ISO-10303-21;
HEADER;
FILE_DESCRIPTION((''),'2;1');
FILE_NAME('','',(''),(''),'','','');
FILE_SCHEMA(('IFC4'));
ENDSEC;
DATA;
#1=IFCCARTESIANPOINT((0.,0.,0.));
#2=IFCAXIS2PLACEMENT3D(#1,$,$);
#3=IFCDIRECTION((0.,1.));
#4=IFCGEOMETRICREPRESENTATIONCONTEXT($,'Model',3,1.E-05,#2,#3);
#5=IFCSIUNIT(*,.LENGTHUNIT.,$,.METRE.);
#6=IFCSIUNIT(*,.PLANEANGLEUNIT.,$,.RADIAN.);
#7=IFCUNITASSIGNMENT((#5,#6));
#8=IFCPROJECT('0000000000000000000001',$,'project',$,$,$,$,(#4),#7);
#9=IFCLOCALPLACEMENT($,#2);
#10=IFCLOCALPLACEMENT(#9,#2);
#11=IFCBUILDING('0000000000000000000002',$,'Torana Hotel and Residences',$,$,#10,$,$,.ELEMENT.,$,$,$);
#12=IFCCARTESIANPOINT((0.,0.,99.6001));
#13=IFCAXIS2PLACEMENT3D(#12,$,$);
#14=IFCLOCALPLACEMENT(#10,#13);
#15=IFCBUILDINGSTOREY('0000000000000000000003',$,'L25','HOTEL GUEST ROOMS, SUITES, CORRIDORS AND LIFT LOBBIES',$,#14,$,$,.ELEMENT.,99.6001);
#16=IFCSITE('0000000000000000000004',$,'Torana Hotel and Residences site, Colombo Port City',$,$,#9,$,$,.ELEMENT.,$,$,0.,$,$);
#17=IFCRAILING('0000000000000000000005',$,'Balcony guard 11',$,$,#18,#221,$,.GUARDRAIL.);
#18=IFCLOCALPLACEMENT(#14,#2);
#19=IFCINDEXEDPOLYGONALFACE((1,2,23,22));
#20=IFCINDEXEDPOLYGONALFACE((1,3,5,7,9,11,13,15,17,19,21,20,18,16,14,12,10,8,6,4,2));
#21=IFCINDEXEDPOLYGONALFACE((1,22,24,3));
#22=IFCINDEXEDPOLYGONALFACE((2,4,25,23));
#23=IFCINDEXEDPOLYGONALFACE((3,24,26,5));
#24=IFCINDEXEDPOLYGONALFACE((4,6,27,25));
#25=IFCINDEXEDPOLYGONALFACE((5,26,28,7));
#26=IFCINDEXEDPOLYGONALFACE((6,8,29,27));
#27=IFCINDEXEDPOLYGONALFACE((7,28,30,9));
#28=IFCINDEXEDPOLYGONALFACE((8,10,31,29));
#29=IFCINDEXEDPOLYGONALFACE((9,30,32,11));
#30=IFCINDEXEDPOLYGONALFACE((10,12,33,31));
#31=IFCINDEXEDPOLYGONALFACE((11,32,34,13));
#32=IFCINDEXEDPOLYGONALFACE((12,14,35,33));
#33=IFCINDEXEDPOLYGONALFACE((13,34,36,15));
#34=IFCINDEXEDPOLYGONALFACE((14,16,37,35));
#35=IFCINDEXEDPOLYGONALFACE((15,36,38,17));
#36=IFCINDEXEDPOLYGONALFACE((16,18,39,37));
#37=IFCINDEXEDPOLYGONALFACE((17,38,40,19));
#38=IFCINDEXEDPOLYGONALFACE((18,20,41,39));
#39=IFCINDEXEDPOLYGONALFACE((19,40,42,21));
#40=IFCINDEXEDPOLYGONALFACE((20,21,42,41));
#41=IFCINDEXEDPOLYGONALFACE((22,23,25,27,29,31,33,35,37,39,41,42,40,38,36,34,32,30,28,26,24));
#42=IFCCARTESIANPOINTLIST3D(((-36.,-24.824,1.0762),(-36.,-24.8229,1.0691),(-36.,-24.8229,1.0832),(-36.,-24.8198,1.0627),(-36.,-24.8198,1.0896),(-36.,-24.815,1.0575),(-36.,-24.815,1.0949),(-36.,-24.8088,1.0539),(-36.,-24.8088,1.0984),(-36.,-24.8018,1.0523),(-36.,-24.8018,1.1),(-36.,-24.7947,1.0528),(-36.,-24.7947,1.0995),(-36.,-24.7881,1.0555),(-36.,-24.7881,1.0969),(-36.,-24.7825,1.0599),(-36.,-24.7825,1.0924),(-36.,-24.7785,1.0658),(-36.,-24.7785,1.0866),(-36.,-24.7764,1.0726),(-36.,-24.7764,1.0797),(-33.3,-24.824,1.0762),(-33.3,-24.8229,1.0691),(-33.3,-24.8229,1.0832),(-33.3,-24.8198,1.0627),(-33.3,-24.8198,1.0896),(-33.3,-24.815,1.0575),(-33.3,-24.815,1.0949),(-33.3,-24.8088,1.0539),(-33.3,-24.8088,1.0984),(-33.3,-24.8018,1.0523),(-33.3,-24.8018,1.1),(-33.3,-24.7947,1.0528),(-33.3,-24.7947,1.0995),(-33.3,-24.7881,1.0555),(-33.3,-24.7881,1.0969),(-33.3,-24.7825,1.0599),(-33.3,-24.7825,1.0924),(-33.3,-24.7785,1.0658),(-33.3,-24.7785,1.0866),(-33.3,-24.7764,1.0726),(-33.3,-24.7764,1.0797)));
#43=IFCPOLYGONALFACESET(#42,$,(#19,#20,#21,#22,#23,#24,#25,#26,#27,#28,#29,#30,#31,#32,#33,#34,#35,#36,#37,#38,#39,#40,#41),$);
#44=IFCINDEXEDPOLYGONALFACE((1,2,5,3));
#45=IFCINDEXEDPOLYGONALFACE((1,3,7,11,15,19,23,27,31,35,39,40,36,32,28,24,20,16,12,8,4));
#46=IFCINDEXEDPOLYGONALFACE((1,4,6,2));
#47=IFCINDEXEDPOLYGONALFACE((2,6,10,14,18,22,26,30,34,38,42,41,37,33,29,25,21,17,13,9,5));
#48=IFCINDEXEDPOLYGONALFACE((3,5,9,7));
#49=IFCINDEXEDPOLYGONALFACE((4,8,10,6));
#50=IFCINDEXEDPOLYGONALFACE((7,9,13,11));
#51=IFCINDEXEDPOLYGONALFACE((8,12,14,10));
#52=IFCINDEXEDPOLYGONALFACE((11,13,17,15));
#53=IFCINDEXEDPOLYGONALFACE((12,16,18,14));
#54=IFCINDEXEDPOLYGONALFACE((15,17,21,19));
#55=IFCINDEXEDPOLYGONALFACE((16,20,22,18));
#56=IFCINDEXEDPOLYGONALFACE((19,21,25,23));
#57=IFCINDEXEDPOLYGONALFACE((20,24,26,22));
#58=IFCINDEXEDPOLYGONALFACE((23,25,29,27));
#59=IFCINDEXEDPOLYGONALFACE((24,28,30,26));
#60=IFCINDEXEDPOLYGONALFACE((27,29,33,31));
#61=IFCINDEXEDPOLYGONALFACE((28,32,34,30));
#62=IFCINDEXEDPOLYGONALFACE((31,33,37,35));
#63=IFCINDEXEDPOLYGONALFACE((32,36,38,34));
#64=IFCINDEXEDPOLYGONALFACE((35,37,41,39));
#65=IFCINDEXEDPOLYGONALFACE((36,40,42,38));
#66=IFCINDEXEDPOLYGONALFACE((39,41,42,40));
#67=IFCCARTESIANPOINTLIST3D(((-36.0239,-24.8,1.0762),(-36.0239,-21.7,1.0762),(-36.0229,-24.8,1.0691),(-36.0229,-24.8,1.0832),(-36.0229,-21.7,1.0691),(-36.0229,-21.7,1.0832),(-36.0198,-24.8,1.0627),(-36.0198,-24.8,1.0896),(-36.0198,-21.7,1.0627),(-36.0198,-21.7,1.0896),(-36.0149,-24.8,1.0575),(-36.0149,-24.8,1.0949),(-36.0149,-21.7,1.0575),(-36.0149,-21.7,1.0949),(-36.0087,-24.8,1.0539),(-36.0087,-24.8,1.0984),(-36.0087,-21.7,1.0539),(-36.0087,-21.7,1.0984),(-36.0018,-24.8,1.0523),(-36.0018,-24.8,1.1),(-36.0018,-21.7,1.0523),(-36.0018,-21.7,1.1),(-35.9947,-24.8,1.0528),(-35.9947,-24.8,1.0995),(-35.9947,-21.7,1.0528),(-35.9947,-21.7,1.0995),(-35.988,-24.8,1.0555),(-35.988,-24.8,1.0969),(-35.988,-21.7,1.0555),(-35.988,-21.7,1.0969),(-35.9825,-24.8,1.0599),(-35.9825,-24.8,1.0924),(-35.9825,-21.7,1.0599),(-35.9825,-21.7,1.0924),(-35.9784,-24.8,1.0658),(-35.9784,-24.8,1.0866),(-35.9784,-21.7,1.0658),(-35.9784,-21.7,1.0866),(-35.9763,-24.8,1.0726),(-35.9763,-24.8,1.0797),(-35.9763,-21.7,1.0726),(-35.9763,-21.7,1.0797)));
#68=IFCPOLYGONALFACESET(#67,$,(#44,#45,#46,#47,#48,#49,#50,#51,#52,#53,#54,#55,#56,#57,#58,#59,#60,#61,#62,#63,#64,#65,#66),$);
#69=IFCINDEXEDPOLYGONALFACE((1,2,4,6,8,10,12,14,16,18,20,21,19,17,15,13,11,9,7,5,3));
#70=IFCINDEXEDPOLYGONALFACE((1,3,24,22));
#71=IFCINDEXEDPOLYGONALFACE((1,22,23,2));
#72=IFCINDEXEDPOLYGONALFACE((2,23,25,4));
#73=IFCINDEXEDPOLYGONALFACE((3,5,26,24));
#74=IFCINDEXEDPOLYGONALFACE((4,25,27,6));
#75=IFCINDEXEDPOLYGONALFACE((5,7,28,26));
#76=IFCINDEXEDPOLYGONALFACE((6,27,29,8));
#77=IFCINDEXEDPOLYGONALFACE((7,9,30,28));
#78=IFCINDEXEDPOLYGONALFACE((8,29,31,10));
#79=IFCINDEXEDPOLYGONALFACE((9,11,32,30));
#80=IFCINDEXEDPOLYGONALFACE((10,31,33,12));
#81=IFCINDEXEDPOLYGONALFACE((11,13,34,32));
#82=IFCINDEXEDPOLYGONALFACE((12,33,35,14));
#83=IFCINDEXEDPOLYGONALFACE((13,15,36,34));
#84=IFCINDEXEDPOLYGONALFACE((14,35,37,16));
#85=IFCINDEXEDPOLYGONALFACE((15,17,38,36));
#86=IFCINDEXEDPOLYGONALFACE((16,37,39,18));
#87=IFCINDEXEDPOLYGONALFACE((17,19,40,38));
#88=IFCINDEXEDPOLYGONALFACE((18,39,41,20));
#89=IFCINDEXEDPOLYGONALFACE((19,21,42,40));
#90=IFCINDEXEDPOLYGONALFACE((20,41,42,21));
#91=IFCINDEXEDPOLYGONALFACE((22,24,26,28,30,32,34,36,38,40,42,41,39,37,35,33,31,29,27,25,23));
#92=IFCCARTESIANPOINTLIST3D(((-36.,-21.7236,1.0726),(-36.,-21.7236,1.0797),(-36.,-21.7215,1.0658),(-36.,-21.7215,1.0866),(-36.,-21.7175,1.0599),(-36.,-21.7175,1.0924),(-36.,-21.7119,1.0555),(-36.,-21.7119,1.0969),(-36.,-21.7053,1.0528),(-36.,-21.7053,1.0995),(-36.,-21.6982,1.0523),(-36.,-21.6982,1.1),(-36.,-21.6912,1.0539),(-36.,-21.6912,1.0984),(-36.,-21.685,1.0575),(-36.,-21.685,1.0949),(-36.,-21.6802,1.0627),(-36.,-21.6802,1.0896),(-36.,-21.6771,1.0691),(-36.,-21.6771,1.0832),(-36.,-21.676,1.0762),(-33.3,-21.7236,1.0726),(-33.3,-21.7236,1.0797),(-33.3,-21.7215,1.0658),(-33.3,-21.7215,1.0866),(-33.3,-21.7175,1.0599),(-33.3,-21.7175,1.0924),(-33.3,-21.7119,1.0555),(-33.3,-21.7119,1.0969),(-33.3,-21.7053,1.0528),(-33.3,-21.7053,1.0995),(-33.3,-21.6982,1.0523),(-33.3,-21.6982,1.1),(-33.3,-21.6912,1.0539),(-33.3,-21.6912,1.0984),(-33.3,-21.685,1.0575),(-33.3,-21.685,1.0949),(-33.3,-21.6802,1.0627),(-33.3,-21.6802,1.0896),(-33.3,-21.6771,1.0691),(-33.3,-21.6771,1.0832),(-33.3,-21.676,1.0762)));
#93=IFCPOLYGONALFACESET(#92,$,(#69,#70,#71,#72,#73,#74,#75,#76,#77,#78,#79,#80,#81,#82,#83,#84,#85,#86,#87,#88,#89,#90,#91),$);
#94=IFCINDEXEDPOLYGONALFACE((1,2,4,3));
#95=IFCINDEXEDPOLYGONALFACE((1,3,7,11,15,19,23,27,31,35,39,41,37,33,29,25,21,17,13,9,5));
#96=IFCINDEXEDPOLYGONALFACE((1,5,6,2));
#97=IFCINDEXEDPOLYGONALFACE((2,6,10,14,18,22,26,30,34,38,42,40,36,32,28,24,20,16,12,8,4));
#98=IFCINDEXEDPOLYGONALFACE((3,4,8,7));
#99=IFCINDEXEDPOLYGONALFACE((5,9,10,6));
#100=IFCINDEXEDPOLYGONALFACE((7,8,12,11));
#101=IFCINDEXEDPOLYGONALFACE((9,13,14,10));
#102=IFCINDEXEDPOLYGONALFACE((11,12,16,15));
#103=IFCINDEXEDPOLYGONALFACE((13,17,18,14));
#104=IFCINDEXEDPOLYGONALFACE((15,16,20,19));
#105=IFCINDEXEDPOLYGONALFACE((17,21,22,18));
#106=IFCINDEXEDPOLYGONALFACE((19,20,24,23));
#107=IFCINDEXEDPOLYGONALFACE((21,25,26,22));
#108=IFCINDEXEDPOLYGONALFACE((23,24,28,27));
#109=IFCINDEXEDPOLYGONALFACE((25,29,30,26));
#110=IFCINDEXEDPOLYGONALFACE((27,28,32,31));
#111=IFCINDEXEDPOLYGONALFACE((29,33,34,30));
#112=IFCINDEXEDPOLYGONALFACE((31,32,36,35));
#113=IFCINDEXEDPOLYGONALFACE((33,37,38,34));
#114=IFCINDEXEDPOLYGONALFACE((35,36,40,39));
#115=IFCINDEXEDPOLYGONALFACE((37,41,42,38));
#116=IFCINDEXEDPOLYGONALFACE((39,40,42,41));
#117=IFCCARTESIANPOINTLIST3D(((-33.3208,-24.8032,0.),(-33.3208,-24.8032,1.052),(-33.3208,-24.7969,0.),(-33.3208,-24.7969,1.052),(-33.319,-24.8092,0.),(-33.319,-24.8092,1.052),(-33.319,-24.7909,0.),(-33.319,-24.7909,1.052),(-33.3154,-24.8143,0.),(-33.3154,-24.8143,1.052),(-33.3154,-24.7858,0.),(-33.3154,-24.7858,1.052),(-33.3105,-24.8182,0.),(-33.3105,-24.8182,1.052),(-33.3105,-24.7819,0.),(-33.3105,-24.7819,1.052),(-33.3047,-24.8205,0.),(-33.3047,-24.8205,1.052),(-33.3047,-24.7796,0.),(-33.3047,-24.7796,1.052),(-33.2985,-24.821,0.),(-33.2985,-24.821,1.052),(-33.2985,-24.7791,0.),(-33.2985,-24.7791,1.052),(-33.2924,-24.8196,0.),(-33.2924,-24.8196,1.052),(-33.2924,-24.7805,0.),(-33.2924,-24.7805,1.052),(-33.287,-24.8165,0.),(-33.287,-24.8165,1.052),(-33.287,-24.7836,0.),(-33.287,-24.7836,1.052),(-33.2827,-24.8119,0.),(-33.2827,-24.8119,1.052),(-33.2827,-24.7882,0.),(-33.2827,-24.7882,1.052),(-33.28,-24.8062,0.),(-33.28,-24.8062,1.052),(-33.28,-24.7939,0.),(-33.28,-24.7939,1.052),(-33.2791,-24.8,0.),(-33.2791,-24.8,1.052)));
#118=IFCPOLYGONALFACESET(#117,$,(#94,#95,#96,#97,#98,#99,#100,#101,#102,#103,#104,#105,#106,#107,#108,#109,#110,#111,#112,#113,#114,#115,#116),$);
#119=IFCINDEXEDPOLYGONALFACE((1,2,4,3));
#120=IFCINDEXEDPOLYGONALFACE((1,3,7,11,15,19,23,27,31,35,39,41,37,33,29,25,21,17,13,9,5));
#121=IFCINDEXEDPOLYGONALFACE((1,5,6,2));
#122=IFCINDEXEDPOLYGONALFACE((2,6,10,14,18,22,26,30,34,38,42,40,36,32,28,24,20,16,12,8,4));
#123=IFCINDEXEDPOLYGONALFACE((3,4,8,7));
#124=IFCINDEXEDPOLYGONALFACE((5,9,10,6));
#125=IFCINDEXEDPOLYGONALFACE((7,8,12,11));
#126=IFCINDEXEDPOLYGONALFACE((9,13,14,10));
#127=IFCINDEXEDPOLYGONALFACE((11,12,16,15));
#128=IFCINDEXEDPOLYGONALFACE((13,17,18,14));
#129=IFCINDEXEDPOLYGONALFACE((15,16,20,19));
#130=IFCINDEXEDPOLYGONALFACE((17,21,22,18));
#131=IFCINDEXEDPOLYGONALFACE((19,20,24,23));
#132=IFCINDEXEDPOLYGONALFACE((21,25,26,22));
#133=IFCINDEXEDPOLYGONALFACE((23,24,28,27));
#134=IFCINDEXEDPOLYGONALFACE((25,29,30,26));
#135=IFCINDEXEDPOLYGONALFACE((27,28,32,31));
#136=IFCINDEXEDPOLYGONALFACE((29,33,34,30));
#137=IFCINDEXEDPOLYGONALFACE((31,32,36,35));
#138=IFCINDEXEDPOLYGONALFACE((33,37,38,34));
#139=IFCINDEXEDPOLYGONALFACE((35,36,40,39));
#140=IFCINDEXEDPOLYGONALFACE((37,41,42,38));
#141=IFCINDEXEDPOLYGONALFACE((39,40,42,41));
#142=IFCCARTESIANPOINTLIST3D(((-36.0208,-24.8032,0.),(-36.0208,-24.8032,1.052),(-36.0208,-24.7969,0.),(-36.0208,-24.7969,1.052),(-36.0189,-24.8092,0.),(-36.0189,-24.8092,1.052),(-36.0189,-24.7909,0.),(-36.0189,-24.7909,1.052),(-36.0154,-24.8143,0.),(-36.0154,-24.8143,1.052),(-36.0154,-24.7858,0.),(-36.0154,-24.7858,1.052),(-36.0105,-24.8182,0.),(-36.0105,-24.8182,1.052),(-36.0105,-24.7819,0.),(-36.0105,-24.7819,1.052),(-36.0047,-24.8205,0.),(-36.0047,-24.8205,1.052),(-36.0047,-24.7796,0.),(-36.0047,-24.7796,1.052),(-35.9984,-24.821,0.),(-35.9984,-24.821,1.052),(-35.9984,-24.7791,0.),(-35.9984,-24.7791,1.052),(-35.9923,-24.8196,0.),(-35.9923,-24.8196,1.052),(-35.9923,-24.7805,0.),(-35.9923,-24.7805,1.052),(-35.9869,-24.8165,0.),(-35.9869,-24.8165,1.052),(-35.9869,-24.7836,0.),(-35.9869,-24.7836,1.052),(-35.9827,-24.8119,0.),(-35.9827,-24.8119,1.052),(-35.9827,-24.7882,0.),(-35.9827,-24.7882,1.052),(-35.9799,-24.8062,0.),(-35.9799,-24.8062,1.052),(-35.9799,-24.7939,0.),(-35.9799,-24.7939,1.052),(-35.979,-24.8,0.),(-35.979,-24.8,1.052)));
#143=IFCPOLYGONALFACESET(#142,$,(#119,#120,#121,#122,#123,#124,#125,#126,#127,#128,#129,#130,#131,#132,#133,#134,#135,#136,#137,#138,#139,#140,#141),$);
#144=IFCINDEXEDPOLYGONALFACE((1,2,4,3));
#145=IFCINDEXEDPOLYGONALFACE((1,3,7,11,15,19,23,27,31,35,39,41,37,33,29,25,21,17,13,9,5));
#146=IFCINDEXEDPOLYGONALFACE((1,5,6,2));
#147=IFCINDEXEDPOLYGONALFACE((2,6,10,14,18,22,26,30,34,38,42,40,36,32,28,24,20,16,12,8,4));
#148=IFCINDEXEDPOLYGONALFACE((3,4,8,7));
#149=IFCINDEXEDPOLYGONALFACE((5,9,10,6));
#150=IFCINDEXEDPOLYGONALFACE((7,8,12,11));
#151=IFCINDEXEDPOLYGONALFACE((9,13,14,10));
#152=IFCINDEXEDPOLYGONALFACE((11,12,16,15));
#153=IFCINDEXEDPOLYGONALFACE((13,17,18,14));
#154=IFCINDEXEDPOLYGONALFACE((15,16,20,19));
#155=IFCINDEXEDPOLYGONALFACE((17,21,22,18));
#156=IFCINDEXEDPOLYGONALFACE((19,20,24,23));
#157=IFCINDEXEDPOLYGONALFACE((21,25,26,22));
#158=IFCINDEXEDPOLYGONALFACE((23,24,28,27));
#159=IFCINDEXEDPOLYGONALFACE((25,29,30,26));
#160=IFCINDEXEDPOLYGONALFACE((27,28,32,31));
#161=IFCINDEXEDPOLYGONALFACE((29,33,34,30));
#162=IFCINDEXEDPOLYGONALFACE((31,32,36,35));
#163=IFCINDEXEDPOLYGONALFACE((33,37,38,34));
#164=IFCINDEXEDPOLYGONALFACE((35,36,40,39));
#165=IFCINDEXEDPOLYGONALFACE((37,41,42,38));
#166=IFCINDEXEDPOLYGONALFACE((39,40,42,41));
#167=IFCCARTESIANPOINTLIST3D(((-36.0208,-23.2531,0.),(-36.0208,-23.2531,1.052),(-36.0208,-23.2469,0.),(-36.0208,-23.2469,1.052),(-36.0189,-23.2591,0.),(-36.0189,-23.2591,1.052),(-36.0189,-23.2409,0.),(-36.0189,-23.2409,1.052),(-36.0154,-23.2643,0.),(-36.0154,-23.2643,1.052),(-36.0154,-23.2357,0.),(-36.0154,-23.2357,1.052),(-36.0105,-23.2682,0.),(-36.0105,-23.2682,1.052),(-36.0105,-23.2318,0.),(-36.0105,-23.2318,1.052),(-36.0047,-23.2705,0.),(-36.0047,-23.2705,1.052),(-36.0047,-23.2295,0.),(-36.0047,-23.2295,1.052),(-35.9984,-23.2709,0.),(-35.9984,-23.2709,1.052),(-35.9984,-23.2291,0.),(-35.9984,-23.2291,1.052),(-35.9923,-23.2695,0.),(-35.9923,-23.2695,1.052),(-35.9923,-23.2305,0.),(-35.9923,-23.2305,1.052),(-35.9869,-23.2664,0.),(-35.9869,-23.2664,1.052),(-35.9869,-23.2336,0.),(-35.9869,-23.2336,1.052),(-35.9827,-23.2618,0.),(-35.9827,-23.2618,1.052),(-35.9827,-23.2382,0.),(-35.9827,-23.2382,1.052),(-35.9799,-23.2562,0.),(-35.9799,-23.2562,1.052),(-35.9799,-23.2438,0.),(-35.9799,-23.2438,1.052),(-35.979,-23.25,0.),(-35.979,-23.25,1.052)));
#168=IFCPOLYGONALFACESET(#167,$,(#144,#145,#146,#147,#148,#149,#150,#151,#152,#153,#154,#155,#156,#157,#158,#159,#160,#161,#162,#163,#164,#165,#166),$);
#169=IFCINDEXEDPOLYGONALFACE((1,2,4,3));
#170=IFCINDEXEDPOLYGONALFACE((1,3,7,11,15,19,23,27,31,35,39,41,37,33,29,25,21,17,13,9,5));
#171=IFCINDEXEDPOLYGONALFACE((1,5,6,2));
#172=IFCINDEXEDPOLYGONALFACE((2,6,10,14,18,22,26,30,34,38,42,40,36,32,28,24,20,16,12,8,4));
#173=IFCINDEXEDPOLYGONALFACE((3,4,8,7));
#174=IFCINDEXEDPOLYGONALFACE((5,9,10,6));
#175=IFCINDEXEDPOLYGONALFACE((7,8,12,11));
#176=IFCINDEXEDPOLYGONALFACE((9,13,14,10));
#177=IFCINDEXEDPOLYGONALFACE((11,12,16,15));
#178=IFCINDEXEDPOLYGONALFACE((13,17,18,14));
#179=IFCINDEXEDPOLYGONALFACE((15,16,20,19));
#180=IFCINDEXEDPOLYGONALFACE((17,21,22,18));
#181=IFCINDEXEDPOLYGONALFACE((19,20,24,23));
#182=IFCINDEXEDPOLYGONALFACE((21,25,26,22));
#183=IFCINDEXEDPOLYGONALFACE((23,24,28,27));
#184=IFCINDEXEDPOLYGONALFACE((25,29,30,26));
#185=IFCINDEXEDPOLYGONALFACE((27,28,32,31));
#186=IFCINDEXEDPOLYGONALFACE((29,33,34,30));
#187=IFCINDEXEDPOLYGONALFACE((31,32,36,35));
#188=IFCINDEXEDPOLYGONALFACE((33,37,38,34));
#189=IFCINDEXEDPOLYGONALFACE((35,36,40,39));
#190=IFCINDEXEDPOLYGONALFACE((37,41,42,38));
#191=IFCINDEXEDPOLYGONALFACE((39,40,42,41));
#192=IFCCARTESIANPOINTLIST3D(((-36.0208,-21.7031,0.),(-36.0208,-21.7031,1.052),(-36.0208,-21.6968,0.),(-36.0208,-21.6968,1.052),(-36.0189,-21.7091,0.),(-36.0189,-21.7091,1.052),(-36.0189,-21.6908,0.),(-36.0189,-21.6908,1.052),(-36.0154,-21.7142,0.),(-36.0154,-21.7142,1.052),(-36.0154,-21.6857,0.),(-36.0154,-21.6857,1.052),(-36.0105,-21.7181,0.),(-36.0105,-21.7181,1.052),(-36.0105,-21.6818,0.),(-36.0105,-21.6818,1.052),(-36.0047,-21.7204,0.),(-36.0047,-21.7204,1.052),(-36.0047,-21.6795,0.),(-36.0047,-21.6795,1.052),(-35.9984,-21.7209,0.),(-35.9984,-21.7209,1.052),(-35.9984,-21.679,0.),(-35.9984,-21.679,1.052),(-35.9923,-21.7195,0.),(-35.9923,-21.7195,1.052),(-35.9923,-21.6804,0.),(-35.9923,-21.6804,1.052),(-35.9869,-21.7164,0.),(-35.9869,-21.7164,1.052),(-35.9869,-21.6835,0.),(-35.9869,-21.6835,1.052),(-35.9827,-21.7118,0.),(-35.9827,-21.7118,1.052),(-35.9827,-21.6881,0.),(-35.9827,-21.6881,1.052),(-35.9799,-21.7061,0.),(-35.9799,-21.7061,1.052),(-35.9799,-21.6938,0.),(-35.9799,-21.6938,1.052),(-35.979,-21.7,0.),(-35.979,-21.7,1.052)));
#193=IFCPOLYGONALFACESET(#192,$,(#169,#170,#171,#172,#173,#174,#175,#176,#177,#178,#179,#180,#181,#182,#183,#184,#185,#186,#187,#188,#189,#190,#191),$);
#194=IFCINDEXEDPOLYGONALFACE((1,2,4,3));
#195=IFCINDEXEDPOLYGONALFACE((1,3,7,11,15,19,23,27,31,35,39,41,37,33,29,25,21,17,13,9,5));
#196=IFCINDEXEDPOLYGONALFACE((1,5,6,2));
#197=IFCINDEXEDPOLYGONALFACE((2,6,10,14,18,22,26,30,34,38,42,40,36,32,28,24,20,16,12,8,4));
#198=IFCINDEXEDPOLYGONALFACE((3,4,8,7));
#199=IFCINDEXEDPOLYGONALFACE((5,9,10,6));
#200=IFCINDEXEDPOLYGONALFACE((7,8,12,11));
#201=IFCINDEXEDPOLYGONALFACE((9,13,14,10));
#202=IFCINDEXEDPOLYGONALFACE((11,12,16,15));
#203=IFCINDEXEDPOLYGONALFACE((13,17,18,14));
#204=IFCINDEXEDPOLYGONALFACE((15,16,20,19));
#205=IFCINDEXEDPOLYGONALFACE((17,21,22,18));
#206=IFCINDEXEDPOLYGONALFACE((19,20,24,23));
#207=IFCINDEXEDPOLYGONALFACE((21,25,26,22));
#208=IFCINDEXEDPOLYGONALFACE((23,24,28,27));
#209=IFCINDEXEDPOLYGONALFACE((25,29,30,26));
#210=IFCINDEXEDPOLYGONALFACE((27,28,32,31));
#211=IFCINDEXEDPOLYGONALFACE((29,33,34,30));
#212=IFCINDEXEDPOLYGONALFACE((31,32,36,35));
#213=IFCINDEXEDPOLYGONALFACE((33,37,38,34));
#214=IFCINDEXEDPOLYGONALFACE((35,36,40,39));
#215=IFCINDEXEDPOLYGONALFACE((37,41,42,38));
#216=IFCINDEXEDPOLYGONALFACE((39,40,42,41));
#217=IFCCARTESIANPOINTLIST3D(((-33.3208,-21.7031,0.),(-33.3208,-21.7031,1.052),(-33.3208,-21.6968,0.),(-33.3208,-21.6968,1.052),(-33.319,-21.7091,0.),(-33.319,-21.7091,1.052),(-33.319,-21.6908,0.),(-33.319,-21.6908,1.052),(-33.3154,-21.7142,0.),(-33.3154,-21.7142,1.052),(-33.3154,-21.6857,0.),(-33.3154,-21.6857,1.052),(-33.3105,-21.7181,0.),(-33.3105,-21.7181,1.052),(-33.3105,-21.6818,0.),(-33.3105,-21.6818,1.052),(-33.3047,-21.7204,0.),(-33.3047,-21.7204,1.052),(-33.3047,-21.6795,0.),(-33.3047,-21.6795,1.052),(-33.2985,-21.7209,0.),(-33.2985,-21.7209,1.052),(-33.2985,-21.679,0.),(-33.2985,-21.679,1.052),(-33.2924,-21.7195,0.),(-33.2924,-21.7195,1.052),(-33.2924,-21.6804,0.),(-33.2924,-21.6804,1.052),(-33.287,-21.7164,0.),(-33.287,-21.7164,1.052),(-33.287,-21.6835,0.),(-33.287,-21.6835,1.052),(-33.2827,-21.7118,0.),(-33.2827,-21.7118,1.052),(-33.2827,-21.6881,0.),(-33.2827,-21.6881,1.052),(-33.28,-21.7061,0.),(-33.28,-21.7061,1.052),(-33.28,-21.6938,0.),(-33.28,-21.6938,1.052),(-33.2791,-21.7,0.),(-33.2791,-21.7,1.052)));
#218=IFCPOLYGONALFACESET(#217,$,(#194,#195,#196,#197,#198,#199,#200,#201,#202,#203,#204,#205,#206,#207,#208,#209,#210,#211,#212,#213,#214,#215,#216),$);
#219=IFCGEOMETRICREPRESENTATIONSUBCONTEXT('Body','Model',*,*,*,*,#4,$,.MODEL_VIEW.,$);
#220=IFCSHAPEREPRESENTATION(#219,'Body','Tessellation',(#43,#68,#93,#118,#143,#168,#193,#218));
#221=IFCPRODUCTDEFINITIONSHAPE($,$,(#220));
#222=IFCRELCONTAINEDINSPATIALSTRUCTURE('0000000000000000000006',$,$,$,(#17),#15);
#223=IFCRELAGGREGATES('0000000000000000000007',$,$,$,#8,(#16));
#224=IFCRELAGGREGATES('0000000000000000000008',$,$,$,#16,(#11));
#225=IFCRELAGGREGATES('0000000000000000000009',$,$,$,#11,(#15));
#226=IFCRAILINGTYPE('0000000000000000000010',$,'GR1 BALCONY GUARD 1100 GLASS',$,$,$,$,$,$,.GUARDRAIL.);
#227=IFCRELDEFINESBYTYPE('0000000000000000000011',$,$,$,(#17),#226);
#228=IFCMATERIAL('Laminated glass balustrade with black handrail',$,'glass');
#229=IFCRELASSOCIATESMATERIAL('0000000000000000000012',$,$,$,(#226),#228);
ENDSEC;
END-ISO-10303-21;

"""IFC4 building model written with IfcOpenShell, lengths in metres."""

from ifc_helpers import new_model, si_unit, direction, frame, origin, origin_2d, place, context, subcontext, project, spatial, circle, extrude, material, type_object, element, save


model = new_model("IFC4")

# Units and contexts
model_context = context("Model", 3, precision=1e-05, world=origin(), true_north=direction((0.0, 1.0)))
body_context = subcontext(model_context, "Body", "Model", "MODEL_VIEW")
ifc_project = project(units=[si_unit("LENGTHUNIT", "METRE"), si_unit("PLANEANGLEUNIT", "RADIAN")], contexts=[model_context])

# Site, building, storey
site_placement = place(None, origin())
site = spatial("IfcSite", under=ifc_project, at=site_placement, Name="Torana Hotel and Residences site, Colombo Port City", CompositionType="ELEMENT", RefElevation=0.0)
building_placement = place(site_placement, origin())
building = spatial("IfcBuilding", under=site, at=building_placement, Name="Torana Hotel and Residences", CompositionType="ELEMENT")
storey_placement = place(building_placement, frame((0.0, 0.0, 99.6001)))
storey = spatial("IfcBuildingStorey", under=building, at=storey_placement, Name="L25", Description="HOTEL GUEST ROOMS, SUITES, CORRIDORS AND LIFT LOBBIES", CompositionType="ELEMENT", Elevation=99.6001)

# Railing
ifc_material_1 = material(Name="Laminated glass balustrade with black handrail", Category="glass")
railing_type = type_object("IfcRailingType", Name="GR1 BALCONY GUARD 1100 GLASS", PredefinedType="GUARDRAIL", material=ifc_material_1)
railing_placement = place(storey_placement, frame((-33.3, -24.8, 0.0)))
element("IfcRailing", 1, at=railing_placement, inside=storey, type_object=railing_type, Name="Balcony guard 11", PredefinedType="GUARDRAIL", context=body_context, shape_type="SweptSolid", body=[
    extrude(circle(Radius=0.0239, at=origin_2d()), frame((0.0, 0.0, 1.0762), z_axis=(-1.0, 0.0, 0.0), x_axis=(0.0, -1.0, 0.0)), (0.0, 0.0, 1.0), 2.7),
    extrude(circle(Radius=0.0239, at=origin_2d()), frame((-2.7, 0.0, 1.0762), z_axis=(0.0, 1.0, 0.0), x_axis=(-1.0, 0.0, 0.0)), (0.0, 0.0, 1.0), 3.1001),
    extrude(circle(Radius=0.0239, at=origin_2d()), frame((-2.7, 3.1001, 1.0762), z_axis=(1.0, 0.0, 0.0), x_axis=(0.0, 1.0, 0.0)), (0.0, 0.0, 1.0), 2.7),
    extrude(circle(Radius=0.021, at=origin_2d()), origin(), (0.0, 0.0, 1.0), 1.052),
    extrude(circle(Radius=0.021, at=origin_2d()), frame((-2.7, 0.0, 0.0)), (0.0, 0.0, 1.0), 1.052),
    extrude(circle(Radius=0.021, at=origin_2d()), frame((-2.7, 1.55, 0.0)), (0.0, 0.0, 1.0), 1.052),
    extrude(circle(Radius=0.021, at=origin_2d()), frame((-2.7, 3.1001, 0.0)), (0.0, 0.0, 1.0), 1.052),
    extrude(circle(Radius=0.021, at=origin_2d()), frame((0.0, 3.1001, 0.0)), (0.0, 0.0, 1.0), 1.052),
])

save(model, "model.ifc")
